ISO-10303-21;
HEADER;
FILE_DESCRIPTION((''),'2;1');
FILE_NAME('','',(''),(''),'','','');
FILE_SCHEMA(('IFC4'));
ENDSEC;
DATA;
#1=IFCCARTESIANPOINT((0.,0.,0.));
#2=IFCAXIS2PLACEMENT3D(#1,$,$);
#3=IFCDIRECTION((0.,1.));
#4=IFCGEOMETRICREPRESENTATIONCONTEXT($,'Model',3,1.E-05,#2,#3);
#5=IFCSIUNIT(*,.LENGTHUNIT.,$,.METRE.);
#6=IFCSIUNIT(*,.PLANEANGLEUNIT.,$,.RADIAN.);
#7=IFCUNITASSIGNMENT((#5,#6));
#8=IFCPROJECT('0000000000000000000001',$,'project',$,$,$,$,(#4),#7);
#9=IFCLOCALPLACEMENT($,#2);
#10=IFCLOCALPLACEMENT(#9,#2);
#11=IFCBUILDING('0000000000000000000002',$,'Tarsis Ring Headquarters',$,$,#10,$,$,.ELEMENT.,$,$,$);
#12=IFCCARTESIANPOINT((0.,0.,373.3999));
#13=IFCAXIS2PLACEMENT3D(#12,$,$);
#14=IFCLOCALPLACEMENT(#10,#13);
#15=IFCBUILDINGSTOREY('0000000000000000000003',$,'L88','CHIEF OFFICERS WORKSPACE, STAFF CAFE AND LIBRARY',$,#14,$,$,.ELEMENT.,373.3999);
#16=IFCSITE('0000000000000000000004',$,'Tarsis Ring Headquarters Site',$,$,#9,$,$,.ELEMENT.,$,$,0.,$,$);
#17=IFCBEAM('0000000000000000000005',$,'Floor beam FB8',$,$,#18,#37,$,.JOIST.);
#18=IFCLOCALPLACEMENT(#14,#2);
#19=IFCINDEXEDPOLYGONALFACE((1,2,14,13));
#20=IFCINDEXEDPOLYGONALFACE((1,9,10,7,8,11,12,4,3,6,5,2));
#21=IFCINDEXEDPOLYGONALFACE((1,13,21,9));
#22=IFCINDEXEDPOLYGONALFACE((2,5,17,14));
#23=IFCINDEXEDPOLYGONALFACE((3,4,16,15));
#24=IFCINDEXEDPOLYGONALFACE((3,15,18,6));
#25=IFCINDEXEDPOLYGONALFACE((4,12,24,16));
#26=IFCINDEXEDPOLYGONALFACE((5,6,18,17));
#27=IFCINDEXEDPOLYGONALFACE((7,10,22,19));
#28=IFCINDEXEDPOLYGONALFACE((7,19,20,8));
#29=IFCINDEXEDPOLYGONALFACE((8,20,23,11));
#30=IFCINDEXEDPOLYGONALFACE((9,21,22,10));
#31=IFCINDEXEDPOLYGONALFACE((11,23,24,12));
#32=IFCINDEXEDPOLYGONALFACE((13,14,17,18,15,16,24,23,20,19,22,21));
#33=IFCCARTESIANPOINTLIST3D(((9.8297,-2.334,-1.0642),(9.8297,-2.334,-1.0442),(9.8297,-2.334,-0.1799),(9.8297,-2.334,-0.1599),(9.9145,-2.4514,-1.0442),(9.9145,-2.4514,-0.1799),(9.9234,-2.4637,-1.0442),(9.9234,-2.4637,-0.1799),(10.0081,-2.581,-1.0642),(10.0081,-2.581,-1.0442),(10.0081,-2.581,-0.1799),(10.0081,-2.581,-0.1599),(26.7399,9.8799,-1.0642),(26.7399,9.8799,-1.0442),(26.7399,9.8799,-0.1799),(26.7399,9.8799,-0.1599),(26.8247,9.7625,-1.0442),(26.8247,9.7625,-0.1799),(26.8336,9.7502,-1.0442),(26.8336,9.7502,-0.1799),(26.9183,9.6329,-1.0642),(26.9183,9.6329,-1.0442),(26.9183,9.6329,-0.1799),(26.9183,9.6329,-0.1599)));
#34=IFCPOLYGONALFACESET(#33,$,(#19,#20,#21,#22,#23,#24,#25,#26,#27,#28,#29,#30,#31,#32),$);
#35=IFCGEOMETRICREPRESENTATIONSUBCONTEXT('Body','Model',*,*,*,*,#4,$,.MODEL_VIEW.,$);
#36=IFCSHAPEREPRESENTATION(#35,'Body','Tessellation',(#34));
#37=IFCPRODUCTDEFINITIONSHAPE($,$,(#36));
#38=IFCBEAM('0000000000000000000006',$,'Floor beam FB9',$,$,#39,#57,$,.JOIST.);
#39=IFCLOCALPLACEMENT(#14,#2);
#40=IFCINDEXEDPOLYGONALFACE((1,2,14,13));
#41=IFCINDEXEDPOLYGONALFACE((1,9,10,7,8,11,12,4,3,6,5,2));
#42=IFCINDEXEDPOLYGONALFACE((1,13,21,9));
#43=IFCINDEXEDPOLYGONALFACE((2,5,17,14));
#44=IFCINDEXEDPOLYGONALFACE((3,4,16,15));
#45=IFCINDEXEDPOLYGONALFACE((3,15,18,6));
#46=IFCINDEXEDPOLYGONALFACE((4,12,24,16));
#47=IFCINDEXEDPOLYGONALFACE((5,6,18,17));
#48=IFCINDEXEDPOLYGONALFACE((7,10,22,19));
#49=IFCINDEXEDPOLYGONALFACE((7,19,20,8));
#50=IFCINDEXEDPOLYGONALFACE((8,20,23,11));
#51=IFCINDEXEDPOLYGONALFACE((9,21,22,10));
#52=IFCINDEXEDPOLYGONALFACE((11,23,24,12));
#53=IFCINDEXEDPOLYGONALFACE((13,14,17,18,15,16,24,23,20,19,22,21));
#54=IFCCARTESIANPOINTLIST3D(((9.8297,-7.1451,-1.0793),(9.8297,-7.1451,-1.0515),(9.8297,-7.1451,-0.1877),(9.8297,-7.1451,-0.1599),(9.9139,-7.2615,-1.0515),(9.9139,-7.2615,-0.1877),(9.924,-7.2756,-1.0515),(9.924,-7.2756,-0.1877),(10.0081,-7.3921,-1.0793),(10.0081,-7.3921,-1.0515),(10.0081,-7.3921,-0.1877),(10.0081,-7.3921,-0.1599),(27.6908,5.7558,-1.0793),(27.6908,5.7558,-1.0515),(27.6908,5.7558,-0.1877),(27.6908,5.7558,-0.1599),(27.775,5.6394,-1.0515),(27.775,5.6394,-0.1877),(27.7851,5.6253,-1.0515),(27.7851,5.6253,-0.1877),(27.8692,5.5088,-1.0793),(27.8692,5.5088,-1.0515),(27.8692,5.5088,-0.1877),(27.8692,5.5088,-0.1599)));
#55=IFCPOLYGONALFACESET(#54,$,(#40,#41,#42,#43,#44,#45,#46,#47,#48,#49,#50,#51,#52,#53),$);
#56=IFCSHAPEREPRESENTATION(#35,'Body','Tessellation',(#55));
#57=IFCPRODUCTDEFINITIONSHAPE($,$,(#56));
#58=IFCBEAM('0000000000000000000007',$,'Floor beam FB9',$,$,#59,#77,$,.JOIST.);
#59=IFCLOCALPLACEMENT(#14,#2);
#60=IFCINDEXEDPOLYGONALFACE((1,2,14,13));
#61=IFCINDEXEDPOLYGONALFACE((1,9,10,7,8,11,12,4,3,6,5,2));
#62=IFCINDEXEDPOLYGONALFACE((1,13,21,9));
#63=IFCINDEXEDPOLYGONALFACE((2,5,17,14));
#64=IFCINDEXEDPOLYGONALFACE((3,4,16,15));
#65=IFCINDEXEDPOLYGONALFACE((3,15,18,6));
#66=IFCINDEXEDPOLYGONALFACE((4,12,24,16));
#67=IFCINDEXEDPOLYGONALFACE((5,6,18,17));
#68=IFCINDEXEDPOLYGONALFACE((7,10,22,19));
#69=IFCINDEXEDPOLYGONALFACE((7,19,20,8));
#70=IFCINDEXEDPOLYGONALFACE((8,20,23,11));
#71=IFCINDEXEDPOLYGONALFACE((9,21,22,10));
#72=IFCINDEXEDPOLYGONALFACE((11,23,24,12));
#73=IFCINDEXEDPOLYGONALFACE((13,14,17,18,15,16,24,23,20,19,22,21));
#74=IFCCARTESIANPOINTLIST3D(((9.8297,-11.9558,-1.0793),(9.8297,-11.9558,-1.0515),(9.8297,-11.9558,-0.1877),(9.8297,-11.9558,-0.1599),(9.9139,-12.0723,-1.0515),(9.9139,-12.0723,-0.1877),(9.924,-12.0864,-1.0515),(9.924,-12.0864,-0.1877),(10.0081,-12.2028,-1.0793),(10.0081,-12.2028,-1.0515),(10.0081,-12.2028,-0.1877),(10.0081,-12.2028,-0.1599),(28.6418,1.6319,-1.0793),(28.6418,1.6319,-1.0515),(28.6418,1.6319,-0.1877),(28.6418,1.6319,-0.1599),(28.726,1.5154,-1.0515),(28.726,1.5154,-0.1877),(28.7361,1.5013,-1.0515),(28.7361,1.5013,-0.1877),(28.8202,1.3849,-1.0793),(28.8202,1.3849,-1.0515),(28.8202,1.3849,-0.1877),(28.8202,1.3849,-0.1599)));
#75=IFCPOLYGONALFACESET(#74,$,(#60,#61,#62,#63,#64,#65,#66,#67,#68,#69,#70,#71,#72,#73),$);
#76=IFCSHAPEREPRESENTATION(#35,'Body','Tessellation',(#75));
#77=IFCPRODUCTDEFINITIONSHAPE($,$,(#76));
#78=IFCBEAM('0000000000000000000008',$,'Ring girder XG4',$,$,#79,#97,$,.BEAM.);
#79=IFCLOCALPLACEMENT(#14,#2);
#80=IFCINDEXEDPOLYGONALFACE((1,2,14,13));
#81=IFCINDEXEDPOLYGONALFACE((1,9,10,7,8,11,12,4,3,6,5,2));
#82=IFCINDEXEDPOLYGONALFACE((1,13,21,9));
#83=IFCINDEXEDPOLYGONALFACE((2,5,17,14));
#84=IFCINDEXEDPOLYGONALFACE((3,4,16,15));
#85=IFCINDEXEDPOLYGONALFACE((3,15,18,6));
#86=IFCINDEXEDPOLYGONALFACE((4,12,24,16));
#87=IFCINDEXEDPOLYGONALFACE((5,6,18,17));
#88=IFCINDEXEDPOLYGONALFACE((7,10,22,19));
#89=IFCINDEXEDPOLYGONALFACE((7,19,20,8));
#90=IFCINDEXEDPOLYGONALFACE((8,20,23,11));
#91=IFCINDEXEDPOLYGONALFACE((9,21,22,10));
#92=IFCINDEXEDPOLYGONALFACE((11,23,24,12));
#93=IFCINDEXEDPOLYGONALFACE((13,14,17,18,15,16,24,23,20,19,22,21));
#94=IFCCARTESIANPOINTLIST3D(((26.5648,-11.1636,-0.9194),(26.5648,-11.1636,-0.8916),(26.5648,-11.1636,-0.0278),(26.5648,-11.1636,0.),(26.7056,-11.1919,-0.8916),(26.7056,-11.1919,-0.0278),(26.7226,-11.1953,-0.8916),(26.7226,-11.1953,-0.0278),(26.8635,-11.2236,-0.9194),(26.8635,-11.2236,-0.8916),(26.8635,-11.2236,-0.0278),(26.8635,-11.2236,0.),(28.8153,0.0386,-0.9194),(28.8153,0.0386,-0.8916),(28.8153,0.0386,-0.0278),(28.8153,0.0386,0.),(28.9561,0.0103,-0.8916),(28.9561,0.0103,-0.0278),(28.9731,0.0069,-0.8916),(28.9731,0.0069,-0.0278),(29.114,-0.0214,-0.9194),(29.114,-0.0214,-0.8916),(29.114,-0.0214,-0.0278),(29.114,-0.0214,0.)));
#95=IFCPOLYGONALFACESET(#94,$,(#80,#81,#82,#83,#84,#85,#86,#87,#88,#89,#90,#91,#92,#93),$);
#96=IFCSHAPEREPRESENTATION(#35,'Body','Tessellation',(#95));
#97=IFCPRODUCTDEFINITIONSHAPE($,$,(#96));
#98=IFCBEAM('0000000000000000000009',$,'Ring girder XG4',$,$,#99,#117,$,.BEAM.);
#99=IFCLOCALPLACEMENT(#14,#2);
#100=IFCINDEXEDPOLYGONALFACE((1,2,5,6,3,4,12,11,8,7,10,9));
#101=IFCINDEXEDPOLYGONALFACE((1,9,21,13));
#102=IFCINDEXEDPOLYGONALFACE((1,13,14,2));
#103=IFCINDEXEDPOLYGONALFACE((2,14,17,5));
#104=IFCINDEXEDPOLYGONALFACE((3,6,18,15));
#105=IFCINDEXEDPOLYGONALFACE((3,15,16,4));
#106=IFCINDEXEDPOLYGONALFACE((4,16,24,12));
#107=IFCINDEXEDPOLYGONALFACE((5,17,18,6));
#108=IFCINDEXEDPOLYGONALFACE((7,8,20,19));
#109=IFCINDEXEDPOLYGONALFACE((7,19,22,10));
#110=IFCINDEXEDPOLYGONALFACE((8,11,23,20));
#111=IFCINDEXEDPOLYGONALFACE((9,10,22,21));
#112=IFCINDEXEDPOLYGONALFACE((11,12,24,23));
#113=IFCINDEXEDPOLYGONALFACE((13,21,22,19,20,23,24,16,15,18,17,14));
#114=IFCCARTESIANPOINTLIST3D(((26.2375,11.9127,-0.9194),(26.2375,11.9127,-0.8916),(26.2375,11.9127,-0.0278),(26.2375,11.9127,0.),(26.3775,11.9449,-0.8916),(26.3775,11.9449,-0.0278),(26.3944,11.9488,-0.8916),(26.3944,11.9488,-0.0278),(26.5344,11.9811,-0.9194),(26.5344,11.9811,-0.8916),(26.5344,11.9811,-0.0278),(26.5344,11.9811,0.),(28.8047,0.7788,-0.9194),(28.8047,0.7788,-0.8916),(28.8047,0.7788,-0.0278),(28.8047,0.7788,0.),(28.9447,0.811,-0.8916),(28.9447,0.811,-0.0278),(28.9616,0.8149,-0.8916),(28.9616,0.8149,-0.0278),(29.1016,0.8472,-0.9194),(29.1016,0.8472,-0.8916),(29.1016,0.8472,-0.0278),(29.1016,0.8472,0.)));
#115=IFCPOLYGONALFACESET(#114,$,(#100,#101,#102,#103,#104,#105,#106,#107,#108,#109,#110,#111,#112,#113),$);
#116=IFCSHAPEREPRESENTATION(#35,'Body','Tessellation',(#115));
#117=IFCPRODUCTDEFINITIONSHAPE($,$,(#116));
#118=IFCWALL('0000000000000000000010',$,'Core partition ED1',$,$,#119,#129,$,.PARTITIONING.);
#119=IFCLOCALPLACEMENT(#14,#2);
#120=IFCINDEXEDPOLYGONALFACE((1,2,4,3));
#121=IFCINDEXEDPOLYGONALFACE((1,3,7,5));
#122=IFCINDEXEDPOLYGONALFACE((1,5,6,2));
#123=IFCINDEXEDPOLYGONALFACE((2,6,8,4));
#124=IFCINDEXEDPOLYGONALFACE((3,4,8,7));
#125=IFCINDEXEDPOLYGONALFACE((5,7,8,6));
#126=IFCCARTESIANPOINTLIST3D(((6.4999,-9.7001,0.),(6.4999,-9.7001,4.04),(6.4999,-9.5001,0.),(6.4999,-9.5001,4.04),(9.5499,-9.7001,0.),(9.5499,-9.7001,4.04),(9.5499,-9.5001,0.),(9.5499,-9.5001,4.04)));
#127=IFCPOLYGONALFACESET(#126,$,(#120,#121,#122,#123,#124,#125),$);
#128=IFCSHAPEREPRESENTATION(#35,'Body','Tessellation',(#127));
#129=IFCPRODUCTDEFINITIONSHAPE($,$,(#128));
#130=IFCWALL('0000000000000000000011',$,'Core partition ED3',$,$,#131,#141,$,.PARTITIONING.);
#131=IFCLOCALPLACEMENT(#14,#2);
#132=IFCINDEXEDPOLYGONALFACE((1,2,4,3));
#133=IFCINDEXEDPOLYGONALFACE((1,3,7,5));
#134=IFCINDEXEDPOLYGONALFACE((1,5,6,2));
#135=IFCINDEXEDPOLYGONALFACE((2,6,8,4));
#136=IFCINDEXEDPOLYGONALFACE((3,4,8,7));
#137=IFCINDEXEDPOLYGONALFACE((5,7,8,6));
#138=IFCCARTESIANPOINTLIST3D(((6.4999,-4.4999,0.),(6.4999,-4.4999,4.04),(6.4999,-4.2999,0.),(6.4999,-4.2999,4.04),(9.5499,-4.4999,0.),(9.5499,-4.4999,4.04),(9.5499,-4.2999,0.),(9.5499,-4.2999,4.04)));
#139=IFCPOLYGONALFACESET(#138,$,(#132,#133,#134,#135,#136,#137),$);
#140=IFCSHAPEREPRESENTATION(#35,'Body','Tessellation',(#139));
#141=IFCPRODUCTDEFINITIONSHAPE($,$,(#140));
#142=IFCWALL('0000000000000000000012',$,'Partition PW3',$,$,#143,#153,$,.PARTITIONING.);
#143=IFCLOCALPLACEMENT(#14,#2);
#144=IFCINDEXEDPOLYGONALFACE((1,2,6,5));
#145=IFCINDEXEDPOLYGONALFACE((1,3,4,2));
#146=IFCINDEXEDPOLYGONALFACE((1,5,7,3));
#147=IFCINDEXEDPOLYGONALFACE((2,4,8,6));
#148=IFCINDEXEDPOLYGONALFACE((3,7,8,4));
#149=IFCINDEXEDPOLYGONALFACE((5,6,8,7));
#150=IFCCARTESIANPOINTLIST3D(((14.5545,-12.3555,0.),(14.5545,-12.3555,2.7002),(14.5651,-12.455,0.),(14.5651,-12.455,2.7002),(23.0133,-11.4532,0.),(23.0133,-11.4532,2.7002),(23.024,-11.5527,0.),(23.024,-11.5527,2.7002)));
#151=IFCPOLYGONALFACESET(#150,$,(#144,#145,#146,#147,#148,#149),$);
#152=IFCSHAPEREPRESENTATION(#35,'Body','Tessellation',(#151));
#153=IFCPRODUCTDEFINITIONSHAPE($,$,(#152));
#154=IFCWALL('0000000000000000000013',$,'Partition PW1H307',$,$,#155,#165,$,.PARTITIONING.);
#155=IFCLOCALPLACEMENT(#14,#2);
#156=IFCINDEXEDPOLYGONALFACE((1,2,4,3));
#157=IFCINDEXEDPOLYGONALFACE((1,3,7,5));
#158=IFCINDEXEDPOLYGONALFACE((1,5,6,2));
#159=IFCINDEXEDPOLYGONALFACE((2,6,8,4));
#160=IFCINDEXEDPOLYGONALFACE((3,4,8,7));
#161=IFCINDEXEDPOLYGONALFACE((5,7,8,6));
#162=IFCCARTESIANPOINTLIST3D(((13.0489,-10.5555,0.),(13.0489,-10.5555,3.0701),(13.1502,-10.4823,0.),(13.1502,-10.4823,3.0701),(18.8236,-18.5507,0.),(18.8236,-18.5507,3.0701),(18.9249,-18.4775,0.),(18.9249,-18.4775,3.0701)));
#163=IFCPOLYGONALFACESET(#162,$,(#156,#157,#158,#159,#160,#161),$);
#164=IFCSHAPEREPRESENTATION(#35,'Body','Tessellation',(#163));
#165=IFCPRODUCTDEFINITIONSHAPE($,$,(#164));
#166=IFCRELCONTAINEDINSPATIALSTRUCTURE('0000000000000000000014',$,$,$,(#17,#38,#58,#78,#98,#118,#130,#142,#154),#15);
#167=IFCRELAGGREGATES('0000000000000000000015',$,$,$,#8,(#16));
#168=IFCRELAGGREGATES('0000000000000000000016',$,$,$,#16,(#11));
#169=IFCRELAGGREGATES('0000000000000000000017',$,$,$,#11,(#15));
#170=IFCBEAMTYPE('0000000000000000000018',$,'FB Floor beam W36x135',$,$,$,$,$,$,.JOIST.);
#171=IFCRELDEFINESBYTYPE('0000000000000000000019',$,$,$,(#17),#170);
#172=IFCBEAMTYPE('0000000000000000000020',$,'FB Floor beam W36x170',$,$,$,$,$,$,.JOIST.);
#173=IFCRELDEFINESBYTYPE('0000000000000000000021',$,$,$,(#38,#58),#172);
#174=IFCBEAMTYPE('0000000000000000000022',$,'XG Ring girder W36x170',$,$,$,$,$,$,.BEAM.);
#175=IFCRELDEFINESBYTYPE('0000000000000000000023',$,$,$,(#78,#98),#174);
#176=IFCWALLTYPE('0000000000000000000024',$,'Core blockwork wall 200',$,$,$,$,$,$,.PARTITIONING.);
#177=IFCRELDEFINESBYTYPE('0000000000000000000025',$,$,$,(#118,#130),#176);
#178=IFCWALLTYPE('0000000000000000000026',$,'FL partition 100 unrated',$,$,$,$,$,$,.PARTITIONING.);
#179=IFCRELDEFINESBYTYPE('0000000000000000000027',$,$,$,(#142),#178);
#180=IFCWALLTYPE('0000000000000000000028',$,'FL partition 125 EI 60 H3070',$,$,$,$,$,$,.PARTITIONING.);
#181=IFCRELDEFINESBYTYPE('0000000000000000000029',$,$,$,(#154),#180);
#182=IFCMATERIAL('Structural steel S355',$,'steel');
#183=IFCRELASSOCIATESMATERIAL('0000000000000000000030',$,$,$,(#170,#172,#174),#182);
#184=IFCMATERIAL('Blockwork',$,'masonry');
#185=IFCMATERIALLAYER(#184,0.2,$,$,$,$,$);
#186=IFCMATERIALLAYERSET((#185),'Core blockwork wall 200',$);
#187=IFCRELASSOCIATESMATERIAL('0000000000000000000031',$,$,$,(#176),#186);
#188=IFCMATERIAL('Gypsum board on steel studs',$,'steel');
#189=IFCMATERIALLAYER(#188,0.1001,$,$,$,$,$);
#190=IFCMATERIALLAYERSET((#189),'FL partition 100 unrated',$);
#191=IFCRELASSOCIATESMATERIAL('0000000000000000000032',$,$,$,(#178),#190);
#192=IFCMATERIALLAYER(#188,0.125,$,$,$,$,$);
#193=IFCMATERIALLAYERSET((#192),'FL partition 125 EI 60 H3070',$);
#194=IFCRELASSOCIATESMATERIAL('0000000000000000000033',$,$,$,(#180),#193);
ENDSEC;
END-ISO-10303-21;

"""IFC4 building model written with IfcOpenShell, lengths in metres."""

from ifc_helpers import new_model, si_unit, direction, frame, frame_2d, origin, origin_2d, place, context, subcontext, project, spatial, rectangle, i_section, extrude, material, layer, layer_set, material_profile, profile_set, type_object, element, save


model = new_model("IFC4")

# Units and contexts
model_context = context("Model", 3, precision=1e-05, world=origin(), true_north=direction((0.0, 1.0)))
body_context = subcontext(model_context, "Body", "Model", "MODEL_VIEW")
ifc_project = project(units=[si_unit("LENGTHUNIT", "METRE"), si_unit("PLANEANGLEUNIT", "RADIAN")], contexts=[model_context])

# Site, building, storey
site_placement = place(None, origin())
site = spatial("IfcSite", under=ifc_project, at=site_placement, Name="Tarsis Ring Headquarters Site", CompositionType="ELEMENT", RefElevation=0.0)
building_placement = place(site_placement, origin())
building = spatial("IfcBuilding", under=site, at=building_placement, Name="Tarsis Ring Headquarters", CompositionType="ELEMENT")
storey_placement = place(building_placement, frame((0.0, 0.0, 373.3999)))
storey = spatial("IfcBuildingStorey", under=building, at=storey_placement, Name="L88", Description="CHIEF OFFICERS WORKSPACE, STAFF CAFE AND LIBRARY", CompositionType="ELEMENT", Elevation=373.3999)

# Shared definitions
ifc_material_1 = material(Name="Structural steel S355", Category="steel")

# Beams
ifc_material_profile_1 = material_profile(ifc_material_1, i_section(OverallWidth=0.3047, OverallDepth=0.9043, WebThickness=0.0151, FlangeThickness=0.02, at=origin_2d()), Name="W36x135")
ifc_profile_set_1 = profile_set([ifc_material_profile_1], Name="Structural steel S355")
beam_type_1 = type_object("IfcBeamType", Name="FB Floor beam W36x135", PredefinedType="JOIST", material=ifc_profile_set_1)
beam_1_placement = place(storey_placement, frame((9.9189, -2.4575, -0.6121), z_axis=(0.810657, 0.585521, 0.0), x_axis=(-0.585521, 0.810657, 0.0)))
element("IfcBeam", 1, at=beam_1_placement, inside=storey, type_object=beam_type_1, Name="Floor beam FB8", PredefinedType="JOIST", context=body_context, shape_type="SweptSolid", body=[
    extrude(i_section(OverallWidth=0.3047, OverallDepth=0.9043, WebThickness=0.0151, FlangeThickness=0.02, at=origin_2d()), origin(), (0.0, 0.0, 1.0), 20.8599),
])
ifc_material_profile_2 = material_profile(ifc_material_1, i_section(OverallWidth=0.3047, OverallDepth=0.9194, WebThickness=0.0173, FlangeThickness=0.0278, at=origin_2d()), Name="W36x170")
ifc_profile_set_2 = profile_set([ifc_material_profile_2], Name="Structural steel S355")
beam_type_2 = type_object("IfcBeamType", Name="FB Floor beam W36x170", PredefinedType="JOIST", material=ifc_profile_set_2)
beam_2_placement = place(storey_placement, frame((9.9189, -7.2686, -0.6196), z_axis=(0.810653, 0.585527, 0.0), x_axis=(-0.585527, 0.810653, 0.0)))
element("IfcBeam", 2, at=beam_2_placement, inside=storey, type_object=beam_type_2, Name="Floor beam FB9", PredefinedType="JOIST", context=body_context, shape_type="SweptSolid", body=[
    extrude(i_section(OverallWidth=0.3047, OverallDepth=0.9194, WebThickness=0.0173, FlangeThickness=0.0278, at=origin_2d()), origin(), (0.0, 0.0, 1.0), 22.033),
])
beam_3_placement = place(storey_placement, frame((9.9189, -12.0793, -0.6196), z_axis=(0.810655, 0.585524, 0.0), x_axis=(-0.585524, 0.810655, 0.0)))
element("IfcBeam", 3, at=beam_3_placement, inside=storey, type_object=beam_type_2, Name="Floor beam FB9", PredefinedType="JOIST", context=body_context, shape_type="SweptSolid", body=[
    extrude(i_section(OverallWidth=0.3047, OverallDepth=0.9194, WebThickness=0.0173, FlangeThickness=0.0278, at=origin_2d()), origin(), (0.0, 0.0, 1.0), 23.2061),
])
beam_type_3 = type_object("IfcBeamType", Name="XG Ring girder W36x170", PredefinedType="BEAM", material=ifc_profile_set_2)
for number, where, z_axis, x_axis, name in (
    (4, (26.7141, -11.1936, -0.4597), (0.196963, 0.980411, 0.0), (-0.980411, 0.196963, 0.0), "Ring girder XG4"),
    (5, (28.9531, 0.813, -0.4597), (-0.224677, 0.974433, 0.0), (-0.974433, -0.224677, 0.0), "Ring girder XG4"),
):
    element("IfcBeam", number, at=place(storey_placement, frame(where, z_axis=z_axis, x_axis=x_axis)), inside=storey, type_object=beam_type_3, Name=name, PredefinedType="BEAM", context=body_context, shape_type="SweptSolid", body=[
        extrude(i_section(OverallWidth=0.3047, OverallDepth=0.9194, WebThickness=0.0173, FlangeThickness=0.0278, at=origin_2d()), origin(), (0.0, 0.0, 1.0), 11.426),
    ])

# Walls
ifc_material_2 = material(Name="Blockwork", Category="masonry")
ifc_layer_1 = layer(ifc_material_2, 0.2)
ifc_layer_set_1 = layer_set([ifc_layer_1], Name="Core blockwork wall 200")
wall_type_1 = type_object("IfcWallType", Name="Core blockwork wall 200", PredefinedType="PARTITIONING", material=ifc_layer_set_1)
for number, where, z_axis, x_axis, name in (
    (6, (6.5, -9.6001, 0.0), (0.0, 0.0, 1.0), (1.0, 0.0, 0.0), "Core partition ED1"),
    (7, (6.5, -4.3999, 0.0), (0.0, 0.0, 1.0), (1.0, 0.0, 0.0), "Core partition ED3"),
):
    element("IfcWall", number, at=place(storey_placement, frame(where, z_axis=z_axis, x_axis=x_axis)), inside=storey, type_object=wall_type_1, Name=name, PredefinedType="PARTITIONING", context=body_context, shape_type="SweptSolid", body=[
        extrude(rectangle(XDim=3.05, YDim=0.2, at=frame_2d((1.5249, 0.0))), origin(), (0.0, 0.0, 1.0), 4.04),
    ])
ifc_material_3 = material(Name="Gypsum board on steel studs", Category="steel")
ifc_layer_2 = layer(ifc_material_3, 0.1001)
ifc_layer_set_2 = layer_set([ifc_layer_2], Name="FL partition 100 unrated")
wall_type_2 = type_object("IfcWallType", Name="FL partition 100 unrated", PredefinedType="PARTITIONING", material=ifc_layer_set_2)
wall_1_placement = place(storey_placement, frame((14.5598, -12.4053, 0.0), z_axis=(0.0, 0.0, 1.0), x_axis=(0.994358, 0.106074, 0.0)))
element("IfcWall", 8, at=wall_1_placement, inside=storey, type_object=wall_type_2, Name="Partition PW3", PredefinedType="PARTITIONING", context=body_context, shape_type="SweptSolid", body=[
    extrude(rectangle(XDim=8.5068, YDim=0.1001, at=frame_2d((4.2534, 0.0))), origin(), (0.0, 0.0, 1.0), 2.7002),
])
ifc_layer_3 = layer(ifc_material_3, 0.125)
ifc_layer_set_3 = layer_set([ifc_layer_3], Name="FL partition 125 EI 60 H3070")
wall_type_3 = type_object("IfcWallType", Name="FL partition 125 EI 60 H3070", PredefinedType="PARTITIONING", material=ifc_layer_set_3)
wall_2_placement = place(storey_placement, frame((13.0996, -10.519, 0.0), z_axis=(0.0, 0.0, 1.0), x_axis=(0.585518, -0.81066, 0.0)))
element("IfcWall", 9, at=wall_2_placement, inside=storey, type_object=wall_type_3, Name="Partition PW1H307", PredefinedType="PARTITIONING", context=body_context, shape_type="SweptSolid", body=[
    extrude(rectangle(XDim=9.8625, YDim=0.125, at=frame_2d((4.9312, 0.0))), origin(), (0.0, 0.0, 1.0), 3.0701),
])

save(model, "model.ifc")
